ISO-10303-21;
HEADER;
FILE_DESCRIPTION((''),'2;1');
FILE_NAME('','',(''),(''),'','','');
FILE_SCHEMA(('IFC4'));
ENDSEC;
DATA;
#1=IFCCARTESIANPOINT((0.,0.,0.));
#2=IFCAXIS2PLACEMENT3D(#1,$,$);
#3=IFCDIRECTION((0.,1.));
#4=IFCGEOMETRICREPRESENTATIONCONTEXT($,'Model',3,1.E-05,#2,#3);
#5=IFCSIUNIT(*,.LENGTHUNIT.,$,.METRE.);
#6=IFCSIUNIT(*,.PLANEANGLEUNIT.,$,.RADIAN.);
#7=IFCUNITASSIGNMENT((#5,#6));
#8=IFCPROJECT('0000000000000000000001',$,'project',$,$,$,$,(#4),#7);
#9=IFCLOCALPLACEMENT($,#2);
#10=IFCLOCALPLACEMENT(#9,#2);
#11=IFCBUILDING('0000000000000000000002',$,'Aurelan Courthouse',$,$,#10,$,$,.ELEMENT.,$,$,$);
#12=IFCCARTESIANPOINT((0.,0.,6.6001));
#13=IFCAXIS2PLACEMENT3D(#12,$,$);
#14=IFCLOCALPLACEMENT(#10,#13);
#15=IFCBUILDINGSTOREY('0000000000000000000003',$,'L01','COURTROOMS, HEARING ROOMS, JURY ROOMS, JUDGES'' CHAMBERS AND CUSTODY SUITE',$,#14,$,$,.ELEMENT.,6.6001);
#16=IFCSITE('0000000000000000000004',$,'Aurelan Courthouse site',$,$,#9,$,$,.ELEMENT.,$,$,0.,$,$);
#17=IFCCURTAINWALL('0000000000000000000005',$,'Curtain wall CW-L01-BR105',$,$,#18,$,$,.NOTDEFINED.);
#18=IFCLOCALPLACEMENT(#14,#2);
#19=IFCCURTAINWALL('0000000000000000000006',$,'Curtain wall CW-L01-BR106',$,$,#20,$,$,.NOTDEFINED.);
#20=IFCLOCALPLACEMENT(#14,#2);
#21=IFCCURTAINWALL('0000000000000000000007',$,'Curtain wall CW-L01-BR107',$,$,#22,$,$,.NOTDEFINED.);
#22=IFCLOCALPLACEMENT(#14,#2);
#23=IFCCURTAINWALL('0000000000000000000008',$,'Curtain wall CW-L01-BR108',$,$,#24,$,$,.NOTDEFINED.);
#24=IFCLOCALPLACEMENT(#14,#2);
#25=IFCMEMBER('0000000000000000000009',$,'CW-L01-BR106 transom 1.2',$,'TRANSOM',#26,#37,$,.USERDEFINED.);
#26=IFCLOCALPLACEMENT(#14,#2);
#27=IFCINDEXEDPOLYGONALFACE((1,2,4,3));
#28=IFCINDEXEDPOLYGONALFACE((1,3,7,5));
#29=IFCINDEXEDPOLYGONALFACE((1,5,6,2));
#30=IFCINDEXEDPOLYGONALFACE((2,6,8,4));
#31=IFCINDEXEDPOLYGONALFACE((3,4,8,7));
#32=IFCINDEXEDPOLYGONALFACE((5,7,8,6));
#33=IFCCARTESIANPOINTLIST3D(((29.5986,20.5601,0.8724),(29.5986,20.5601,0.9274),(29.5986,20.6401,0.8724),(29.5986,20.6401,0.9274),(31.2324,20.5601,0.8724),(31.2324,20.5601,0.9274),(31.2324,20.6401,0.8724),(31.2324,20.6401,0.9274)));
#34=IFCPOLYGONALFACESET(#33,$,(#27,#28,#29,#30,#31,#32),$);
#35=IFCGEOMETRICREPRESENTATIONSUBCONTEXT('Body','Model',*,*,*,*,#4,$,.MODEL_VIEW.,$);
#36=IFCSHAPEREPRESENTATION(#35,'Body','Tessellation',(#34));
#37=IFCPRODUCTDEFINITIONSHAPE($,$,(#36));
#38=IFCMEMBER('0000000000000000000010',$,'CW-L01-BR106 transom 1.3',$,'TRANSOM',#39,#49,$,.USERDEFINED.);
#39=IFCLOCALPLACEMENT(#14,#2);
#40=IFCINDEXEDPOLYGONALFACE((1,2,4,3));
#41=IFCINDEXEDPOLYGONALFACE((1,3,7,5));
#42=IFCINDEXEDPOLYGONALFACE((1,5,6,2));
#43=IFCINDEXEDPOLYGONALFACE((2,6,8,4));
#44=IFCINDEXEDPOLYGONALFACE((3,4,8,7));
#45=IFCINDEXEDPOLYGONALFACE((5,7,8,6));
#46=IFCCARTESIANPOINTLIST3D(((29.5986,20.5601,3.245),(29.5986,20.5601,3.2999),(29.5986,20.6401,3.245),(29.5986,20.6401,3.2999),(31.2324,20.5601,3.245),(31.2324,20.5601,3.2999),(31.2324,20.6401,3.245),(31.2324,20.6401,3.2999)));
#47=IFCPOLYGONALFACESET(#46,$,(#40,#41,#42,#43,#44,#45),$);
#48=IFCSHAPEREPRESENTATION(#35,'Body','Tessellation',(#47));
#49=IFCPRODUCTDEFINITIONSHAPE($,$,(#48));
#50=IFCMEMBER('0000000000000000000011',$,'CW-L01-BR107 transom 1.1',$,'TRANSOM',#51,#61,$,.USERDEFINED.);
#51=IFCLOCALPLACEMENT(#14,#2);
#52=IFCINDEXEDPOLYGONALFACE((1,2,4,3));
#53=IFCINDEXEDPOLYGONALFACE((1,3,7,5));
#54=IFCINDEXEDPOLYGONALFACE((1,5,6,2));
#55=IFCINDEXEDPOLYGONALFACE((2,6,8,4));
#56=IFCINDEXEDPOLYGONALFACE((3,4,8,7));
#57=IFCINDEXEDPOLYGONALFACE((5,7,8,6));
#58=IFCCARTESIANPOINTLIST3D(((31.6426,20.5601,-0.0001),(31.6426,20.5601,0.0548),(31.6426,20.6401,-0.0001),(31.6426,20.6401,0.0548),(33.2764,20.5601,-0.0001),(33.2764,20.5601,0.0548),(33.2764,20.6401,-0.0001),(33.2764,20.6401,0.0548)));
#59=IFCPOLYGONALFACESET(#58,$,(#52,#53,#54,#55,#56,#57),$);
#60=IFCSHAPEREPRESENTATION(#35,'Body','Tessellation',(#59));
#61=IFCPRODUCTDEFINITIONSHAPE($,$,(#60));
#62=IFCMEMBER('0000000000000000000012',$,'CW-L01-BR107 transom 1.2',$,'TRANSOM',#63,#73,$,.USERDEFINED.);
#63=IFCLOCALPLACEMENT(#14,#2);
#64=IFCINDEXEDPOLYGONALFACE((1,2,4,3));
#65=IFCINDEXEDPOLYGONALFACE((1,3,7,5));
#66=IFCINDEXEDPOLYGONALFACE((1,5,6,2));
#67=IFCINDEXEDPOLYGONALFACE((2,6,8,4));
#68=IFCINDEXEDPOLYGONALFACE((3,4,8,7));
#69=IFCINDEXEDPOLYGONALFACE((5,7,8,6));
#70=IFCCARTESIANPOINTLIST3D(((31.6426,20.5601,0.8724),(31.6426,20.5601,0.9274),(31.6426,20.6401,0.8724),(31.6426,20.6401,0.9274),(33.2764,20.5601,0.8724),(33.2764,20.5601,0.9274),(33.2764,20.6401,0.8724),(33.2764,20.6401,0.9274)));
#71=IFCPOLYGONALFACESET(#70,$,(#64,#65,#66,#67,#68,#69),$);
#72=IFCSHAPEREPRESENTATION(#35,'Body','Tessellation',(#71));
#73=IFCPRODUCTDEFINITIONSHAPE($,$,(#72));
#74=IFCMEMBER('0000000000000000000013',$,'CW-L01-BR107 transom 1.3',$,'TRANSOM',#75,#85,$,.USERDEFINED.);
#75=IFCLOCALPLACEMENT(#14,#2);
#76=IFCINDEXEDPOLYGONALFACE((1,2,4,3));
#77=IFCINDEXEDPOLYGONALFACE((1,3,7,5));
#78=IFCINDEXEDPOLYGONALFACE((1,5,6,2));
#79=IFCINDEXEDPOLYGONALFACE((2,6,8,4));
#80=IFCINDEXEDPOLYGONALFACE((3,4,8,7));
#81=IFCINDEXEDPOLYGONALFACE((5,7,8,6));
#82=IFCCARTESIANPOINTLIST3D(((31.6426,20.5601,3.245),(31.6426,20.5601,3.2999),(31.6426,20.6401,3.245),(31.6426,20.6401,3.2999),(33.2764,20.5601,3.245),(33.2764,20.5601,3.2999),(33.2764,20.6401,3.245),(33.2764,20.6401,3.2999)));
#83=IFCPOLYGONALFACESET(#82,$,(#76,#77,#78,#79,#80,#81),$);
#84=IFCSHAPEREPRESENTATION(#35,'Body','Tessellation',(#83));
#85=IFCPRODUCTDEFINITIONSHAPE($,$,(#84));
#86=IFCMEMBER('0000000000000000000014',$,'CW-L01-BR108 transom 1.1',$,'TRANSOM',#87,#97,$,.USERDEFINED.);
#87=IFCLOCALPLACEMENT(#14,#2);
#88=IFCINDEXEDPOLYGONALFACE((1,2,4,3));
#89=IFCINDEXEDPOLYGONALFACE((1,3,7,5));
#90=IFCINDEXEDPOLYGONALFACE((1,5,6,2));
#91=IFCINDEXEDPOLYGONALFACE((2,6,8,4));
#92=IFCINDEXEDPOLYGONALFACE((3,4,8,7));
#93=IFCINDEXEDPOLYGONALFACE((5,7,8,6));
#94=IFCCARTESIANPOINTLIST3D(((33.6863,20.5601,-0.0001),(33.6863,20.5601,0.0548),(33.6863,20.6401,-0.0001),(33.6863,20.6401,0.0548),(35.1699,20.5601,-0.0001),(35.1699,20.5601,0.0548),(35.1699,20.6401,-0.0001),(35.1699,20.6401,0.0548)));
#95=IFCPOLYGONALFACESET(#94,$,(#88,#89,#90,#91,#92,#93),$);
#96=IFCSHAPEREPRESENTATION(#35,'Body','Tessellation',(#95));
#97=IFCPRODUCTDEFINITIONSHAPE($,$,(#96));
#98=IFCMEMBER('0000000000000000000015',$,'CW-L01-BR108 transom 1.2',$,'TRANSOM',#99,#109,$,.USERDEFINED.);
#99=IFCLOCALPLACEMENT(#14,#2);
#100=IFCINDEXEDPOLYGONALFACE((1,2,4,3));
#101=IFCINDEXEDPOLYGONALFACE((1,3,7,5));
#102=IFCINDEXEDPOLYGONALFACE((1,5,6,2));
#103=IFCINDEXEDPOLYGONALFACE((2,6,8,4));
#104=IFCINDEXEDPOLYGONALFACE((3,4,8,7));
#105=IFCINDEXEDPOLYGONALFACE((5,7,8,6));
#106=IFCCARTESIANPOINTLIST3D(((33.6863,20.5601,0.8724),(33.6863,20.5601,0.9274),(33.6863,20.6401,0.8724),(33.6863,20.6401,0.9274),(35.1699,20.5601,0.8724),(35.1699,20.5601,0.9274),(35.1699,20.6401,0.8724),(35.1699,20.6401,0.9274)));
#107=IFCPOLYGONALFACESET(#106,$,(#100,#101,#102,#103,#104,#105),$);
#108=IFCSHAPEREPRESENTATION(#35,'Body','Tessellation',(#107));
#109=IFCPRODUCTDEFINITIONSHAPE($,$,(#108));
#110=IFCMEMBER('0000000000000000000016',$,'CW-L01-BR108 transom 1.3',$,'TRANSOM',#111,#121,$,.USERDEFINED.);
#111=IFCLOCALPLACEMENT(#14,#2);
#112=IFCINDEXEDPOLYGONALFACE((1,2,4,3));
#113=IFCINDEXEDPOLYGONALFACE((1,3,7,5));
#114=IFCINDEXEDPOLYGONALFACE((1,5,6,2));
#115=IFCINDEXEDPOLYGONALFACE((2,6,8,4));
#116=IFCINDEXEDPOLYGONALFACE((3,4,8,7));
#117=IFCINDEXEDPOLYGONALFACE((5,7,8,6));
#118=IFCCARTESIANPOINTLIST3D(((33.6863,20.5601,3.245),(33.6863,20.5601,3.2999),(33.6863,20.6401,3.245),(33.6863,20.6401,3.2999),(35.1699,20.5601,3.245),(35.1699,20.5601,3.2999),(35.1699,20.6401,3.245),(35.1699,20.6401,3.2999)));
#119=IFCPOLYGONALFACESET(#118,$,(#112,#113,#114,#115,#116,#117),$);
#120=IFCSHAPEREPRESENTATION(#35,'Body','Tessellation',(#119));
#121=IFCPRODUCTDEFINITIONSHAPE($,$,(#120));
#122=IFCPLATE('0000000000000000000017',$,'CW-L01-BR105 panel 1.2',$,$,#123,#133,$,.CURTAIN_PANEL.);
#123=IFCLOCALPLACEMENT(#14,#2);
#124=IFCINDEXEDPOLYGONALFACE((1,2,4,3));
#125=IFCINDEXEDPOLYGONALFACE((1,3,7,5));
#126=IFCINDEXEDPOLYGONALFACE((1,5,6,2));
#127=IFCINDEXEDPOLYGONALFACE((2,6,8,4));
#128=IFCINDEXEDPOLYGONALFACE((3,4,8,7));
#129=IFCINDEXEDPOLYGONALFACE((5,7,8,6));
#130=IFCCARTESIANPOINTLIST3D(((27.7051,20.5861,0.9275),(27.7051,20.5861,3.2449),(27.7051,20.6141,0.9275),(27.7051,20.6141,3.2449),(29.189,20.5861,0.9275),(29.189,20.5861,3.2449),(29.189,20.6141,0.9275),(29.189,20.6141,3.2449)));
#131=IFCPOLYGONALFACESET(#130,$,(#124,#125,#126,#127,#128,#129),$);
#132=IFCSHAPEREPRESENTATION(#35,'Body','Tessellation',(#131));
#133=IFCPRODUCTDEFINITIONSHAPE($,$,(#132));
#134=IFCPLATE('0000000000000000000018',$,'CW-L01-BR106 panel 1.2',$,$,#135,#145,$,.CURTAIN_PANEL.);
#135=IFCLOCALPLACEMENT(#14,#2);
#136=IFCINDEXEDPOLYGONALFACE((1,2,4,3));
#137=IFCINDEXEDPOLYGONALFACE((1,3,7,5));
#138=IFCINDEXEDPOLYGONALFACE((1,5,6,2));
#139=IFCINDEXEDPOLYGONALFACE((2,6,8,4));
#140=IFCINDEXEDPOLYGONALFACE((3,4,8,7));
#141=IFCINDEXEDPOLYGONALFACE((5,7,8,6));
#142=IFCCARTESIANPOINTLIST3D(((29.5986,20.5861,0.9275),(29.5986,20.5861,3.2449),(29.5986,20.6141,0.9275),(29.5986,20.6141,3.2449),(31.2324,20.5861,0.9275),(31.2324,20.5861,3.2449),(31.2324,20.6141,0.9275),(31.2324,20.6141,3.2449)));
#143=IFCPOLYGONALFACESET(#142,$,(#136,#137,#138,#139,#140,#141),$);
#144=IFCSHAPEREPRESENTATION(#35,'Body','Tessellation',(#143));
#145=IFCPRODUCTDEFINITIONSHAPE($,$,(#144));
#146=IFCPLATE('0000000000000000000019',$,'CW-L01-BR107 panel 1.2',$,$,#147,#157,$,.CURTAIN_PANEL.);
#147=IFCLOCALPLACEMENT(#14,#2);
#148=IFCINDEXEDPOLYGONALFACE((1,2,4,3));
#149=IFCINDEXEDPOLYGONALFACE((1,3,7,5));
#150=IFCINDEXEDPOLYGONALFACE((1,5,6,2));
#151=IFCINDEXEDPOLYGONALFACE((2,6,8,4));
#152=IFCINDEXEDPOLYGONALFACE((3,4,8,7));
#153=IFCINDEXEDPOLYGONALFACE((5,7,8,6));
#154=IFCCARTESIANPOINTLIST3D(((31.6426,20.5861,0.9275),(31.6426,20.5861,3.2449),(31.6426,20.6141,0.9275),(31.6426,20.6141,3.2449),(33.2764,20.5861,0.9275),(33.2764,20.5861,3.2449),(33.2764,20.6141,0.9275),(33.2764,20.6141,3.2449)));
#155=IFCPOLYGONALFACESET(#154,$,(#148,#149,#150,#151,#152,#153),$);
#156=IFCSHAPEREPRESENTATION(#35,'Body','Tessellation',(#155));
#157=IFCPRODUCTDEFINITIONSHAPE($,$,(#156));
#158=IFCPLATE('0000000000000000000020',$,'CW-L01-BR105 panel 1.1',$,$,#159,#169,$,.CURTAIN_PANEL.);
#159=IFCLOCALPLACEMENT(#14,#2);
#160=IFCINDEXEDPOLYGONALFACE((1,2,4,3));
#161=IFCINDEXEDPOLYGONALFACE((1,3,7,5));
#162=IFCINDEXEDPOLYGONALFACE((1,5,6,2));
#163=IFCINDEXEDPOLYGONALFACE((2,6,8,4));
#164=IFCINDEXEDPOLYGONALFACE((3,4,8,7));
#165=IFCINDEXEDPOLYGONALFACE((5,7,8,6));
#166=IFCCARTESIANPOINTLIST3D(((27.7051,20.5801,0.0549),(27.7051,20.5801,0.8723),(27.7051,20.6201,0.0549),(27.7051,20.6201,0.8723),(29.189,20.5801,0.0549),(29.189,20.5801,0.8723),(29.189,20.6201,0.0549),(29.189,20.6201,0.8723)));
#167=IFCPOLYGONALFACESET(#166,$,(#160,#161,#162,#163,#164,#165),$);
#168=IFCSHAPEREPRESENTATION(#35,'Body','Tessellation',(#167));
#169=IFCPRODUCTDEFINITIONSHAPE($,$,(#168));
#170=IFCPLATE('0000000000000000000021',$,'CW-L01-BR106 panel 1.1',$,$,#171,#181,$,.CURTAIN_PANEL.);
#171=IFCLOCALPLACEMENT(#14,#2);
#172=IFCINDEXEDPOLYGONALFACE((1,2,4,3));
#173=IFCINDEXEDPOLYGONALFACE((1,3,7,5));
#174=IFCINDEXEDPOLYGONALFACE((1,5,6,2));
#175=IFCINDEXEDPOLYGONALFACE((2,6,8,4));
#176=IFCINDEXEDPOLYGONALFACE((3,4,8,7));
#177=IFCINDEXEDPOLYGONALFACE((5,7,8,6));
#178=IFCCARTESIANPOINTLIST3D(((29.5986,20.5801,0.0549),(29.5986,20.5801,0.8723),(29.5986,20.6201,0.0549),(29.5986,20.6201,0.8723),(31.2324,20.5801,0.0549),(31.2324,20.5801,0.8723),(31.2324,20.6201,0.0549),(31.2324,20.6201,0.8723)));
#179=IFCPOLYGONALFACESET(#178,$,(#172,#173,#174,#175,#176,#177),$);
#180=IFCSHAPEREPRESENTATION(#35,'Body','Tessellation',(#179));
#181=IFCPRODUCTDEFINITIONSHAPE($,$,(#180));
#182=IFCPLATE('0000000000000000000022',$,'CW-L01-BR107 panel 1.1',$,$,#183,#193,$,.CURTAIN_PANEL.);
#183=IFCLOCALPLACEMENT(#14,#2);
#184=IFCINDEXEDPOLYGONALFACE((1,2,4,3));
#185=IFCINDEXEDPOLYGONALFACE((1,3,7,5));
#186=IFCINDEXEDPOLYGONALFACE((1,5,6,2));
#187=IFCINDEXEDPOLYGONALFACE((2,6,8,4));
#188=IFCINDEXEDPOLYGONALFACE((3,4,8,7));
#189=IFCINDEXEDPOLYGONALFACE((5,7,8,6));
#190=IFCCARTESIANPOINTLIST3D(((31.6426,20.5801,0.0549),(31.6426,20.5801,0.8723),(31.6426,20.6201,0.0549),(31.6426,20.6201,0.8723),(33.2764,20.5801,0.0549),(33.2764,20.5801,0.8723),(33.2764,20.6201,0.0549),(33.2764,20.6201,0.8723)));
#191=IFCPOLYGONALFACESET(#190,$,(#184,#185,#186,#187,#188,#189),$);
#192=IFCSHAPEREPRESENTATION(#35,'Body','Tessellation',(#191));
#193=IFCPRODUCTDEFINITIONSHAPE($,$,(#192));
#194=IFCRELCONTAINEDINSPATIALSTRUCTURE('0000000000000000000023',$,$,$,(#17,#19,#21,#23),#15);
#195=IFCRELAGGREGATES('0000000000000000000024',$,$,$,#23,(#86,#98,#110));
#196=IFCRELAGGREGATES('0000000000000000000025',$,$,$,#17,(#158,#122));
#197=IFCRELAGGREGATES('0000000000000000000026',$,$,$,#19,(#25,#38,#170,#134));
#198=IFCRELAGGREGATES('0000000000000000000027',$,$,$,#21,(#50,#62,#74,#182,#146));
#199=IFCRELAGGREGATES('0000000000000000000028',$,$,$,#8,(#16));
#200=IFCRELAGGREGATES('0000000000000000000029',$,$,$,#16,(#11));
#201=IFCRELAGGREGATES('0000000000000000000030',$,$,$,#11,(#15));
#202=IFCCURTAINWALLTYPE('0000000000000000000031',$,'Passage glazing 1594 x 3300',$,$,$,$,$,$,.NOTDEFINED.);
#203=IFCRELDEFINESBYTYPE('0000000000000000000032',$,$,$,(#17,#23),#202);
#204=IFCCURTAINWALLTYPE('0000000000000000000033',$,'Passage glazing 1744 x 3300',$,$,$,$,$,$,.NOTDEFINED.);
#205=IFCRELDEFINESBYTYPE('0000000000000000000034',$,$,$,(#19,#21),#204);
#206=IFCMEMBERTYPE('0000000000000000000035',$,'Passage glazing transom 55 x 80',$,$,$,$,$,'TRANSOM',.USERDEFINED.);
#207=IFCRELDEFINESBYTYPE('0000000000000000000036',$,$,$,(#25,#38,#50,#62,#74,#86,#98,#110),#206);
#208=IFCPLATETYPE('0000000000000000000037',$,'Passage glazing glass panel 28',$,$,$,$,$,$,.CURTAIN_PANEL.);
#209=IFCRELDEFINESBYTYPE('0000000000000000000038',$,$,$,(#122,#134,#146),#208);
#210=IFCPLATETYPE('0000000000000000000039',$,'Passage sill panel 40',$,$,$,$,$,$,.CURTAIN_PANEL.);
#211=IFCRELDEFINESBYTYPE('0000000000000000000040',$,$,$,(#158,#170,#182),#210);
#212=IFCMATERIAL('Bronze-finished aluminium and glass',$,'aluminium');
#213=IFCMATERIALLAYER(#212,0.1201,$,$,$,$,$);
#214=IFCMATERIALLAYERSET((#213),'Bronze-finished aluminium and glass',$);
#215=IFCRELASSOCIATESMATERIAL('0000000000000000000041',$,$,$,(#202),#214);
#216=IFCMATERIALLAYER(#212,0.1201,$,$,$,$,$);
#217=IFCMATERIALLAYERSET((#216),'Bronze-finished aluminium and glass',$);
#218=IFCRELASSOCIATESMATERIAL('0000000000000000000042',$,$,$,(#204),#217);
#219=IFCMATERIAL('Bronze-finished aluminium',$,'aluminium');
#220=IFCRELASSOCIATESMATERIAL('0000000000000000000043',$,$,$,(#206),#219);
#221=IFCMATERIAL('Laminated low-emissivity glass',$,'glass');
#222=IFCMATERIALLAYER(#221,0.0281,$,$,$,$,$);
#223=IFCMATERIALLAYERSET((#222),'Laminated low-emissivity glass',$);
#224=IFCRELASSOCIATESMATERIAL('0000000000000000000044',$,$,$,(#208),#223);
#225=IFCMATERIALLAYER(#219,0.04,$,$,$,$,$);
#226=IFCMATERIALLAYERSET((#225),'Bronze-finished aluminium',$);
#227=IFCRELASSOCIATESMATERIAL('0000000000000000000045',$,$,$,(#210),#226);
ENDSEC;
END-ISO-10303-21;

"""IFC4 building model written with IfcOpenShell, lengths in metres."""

from ifc_helpers import new_model, si_unit, direction, frame, origin, origin_2d, place, context, subcontext, project, spatial, rectangle, extrude, material, layer, layer_set, material_profile, profile_set, type_object, element, aggregate, save


model = new_model("IFC4")

# Units and contexts
model_context = context("Model", 3, precision=1e-05, world=origin(), true_north=direction((0.0, 1.0)))
body_context = subcontext(model_context, "Body", "Model", "MODEL_VIEW")
ifc_project = project(units=[si_unit("LENGTHUNIT", "METRE"), si_unit("PLANEANGLEUNIT", "RADIAN")], contexts=[model_context])

# Site, building, storey
site_placement = place(None, origin())
site = spatial("IfcSite", under=ifc_project, at=site_placement, Name="Aurelan Courthouse site", CompositionType="ELEMENT", RefElevation=0.0)
building_placement = place(site_placement, origin())
building = spatial("IfcBuilding", under=site, at=building_placement, Name="Aurelan Courthouse", CompositionType="ELEMENT")
storey_placement = place(building_placement, frame((0.0, 0.0, 6.6001)))
storey = spatial("IfcBuildingStorey", under=building, at=storey_placement, Name="L01", Description="COURTROOMS, HEARING ROOMS, JURY ROOMS, JUDGES' CHAMBERS AND CUSTODY SUITE", CompositionType="ELEMENT", Elevation=6.6001)

# Curtain walls
ifc_material_1 = material(Name="Bronze-finished aluminium and glass", Category="aluminium")
ifc_layer_1 = layer(ifc_material_1, 0.1201)
ifc_layer_set_1 = layer_set([ifc_layer_1], Name="Bronze-finished aluminium and glass")
curtain_wall_type_1 = type_object("IfcCurtainWallType", Name="Passage glazing 1594 x 3300", PredefinedType="NOTDEFINED", material=ifc_layer_set_1)
curtain_wall_1_placement = place(storey_placement, origin())
curtain_wall_1 = element("IfcCurtainWall", 1, at=curtain_wall_1_placement, inside=storey, type_object=curtain_wall_type_1, Name="Curtain wall CW-L01-BR105", PredefinedType="NOTDEFINED")
ifc_material_2 = material(Name="Bronze-finished aluminium", Category="aluminium")
ifc_layer_2 = layer(ifc_material_1, 0.1201)
ifc_layer_set_2 = layer_set([ifc_layer_2], Name="Bronze-finished aluminium and glass")
curtain_wall_type_2 = type_object("IfcCurtainWallType", Name="Passage glazing 1744 x 3300", PredefinedType="NOTDEFINED", material=ifc_layer_set_2)
curtain_wall_2_placement = place(storey_placement, origin())
curtain_wall_2 = element("IfcCurtainWall", 2, at=curtain_wall_2_placement, inside=storey, type_object=curtain_wall_type_2, Name="Curtain wall CW-L01-BR106", PredefinedType="NOTDEFINED")
curtain_wall_3_placement = place(storey_placement, origin())
curtain_wall_3 = element("IfcCurtainWall", 3, at=curtain_wall_3_placement, inside=storey, type_object=curtain_wall_type_2, Name="Curtain wall CW-L01-BR107", PredefinedType="NOTDEFINED")

# Curtain wall
curtain_wall_4_placement = place(storey_placement, origin())
curtain_wall_4 = element("IfcCurtainWall", 4, at=curtain_wall_4_placement, inside=storey, type_object=curtain_wall_type_1, Name="Curtain wall CW-L01-BR108", PredefinedType="NOTDEFINED")

# Members
ifc_material_profile_1 = material_profile(ifc_material_2, rectangle(XDim=0.0801, YDim=0.0549, at=origin_2d()), Name="Passage glazing transom 55 x 80")
ifc_profile_set_1 = profile_set([ifc_material_profile_1], Name="Bronze-finished aluminium")
member_type_1 = type_object("IfcMemberType", Name="Passage glazing transom 55 x 80", ElementType="TRANSOM", PredefinedType="USERDEFINED", material=ifc_profile_set_1)
member_1_placement = place(storey_placement, frame((29.5986, 20.6001, 0.8999), z_axis=(1.0, 0.0, 0.0), x_axis=(0.0, 1.0, 0.0)))
member_1 = element("IfcMember", 5, at=member_1_placement, type_object=member_type_1, Name="CW-L01-BR106 transom 1.2", ObjectType="TRANSOM", PredefinedType="USERDEFINED", context=body_context, shape_type="SweptSolid", body=[
    extrude(rectangle(XDim=0.0801, YDim=0.0549, at=origin_2d()), origin(), (0.0, 0.0, 1.0), 1.6338),
])
member_2_placement = place(storey_placement, frame((29.5986, 20.6001, 3.2725), z_axis=(1.0, 0.0, 0.0), x_axis=(0.0, 1.0, 0.0)))
member_2 = element("IfcMember", 6, at=member_2_placement, type_object=member_type_1, Name="CW-L01-BR106 transom 1.3", ObjectType="TRANSOM", PredefinedType="USERDEFINED", context=body_context, shape_type="SweptSolid", body=[
    extrude(rectangle(XDim=0.0801, YDim=0.0549, at=origin_2d()), origin(), (0.0, 0.0, 1.0), 1.6338),
])
member_3_placement = place(storey_placement, frame((31.6426, 20.6001, 0.0273), z_axis=(1.0, 0.0, 0.0), x_axis=(0.0, 1.0, 0.0)))
member_3 = element("IfcMember", 7, at=member_3_placement, type_object=member_type_1, Name="CW-L01-BR107 transom 1.1", ObjectType="TRANSOM", PredefinedType="USERDEFINED", context=body_context, shape_type="SweptSolid", body=[
    extrude(rectangle(XDim=0.0801, YDim=0.0549, at=origin_2d()), origin(), (0.0, 0.0, 1.0), 1.6338),
])
member_4_placement = place(storey_placement, frame((31.6426, 20.6001, 0.8999), z_axis=(1.0, 0.0, 0.0), x_axis=(0.0, 1.0, 0.0)))
member_4 = element("IfcMember", 8, at=member_4_placement, type_object=member_type_1, Name="CW-L01-BR107 transom 1.2", ObjectType="TRANSOM", PredefinedType="USERDEFINED", context=body_context, shape_type="SweptSolid", body=[
    extrude(rectangle(XDim=0.0801, YDim=0.0549, at=origin_2d()), origin(), (0.0, 0.0, 1.0), 1.6338),
])
member_5_placement = place(storey_placement, frame((31.6426, 20.6001, 3.2725), z_axis=(1.0, 0.0, 0.0), x_axis=(0.0, 1.0, 0.0)))
member_5 = element("IfcMember", 9, at=member_5_placement, type_object=member_type_1, Name="CW-L01-BR107 transom 1.3", ObjectType="TRANSOM", PredefinedType="USERDEFINED", context=body_context, shape_type="SweptSolid", body=[
    extrude(rectangle(XDim=0.0801, YDim=0.0549, at=origin_2d()), origin(), (0.0, 0.0, 1.0), 1.6338),
])
member_6_placement = place(storey_placement, frame((33.6863, 20.6001, 0.0273), z_axis=(1.0, 0.0, 0.0), x_axis=(0.0, 1.0, 0.0)))
member_6 = element("IfcMember", 10, at=member_6_placement, type_object=member_type_1, Name="CW-L01-BR108 transom 1.1", ObjectType="TRANSOM", PredefinedType="USERDEFINED", context=body_context, shape_type="SweptSolid", body=[
    extrude(rectangle(XDim=0.0801, YDim=0.0549, at=origin_2d()), origin(), (0.0, 0.0, 1.0), 1.4836),
])
member_7_placement = place(storey_placement, frame((33.6863, 20.6001, 0.8999), z_axis=(1.0, 0.0, 0.0), x_axis=(0.0, 1.0, 0.0)))
member_7 = element("IfcMember", 11, at=member_7_placement, type_object=member_type_1, Name="CW-L01-BR108 transom 1.2", ObjectType="TRANSOM", PredefinedType="USERDEFINED", context=body_context, shape_type="SweptSolid", body=[
    extrude(rectangle(XDim=0.0801, YDim=0.0549, at=origin_2d()), origin(), (0.0, 0.0, 1.0), 1.4836),
])
member_8_placement = place(storey_placement, frame((33.6863, 20.6001, 3.2725), z_axis=(1.0, 0.0, 0.0), x_axis=(0.0, 1.0, 0.0)))
member_8 = element("IfcMember", 12, at=member_8_placement, type_object=member_type_1, Name="CW-L01-BR108 transom 1.3", ObjectType="TRANSOM", PredefinedType="USERDEFINED", context=body_context, shape_type="SweptSolid", body=[
    extrude(rectangle(XDim=0.0801, YDim=0.0549, at=origin_2d()), origin(), (0.0, 0.0, 1.0), 1.4836),
])
aggregate(curtain_wall_4, [member_6, member_7, member_8])

# Plates
ifc_material_3 = material(Name="Laminated low-emissivity glass", Category="glass")
ifc_layer_3 = layer(ifc_material_3, 0.0281)
ifc_layer_set_3 = layer_set([ifc_layer_3], Name="Laminated low-emissivity glass")
plate_type_1 = type_object("IfcPlateType", Name="Passage glazing glass panel 28", PredefinedType="CURTAIN_PANEL", material=ifc_layer_set_3)
plate_1_placement = place(storey_placement, frame((28.447, 20.6001, 0.9275), z_axis=(0.0, 0.0, 1.0), x_axis=(1.0, 0.0, 0.0)))
plate_1 = element("IfcPlate", 13, at=plate_1_placement, type_object=plate_type_1, Name="CW-L01-BR105 panel 1.2", PredefinedType="CURTAIN_PANEL", context=body_context, shape_type="SweptSolid", body=[
    extrude(rectangle(XDim=1.4839, YDim=0.0281, at=origin_2d()), origin(), (0.0, 0.0, 1.0), 2.3174),
])
plate_2_placement = place(storey_placement, frame((30.4155, 20.6001, 0.9275), z_axis=(0.0, 0.0, 1.0), x_axis=(1.0, 0.0, 0.0)))
plate_2 = element("IfcPlate", 14, at=plate_2_placement, type_object=plate_type_1, Name="CW-L01-BR106 panel 1.2", PredefinedType="CURTAIN_PANEL", context=body_context, shape_type="SweptSolid", body=[
    extrude(rectangle(XDim=1.6338, YDim=0.0281, at=origin_2d()), origin(), (0.0, 0.0, 1.0), 2.3174),
])
plate_3_placement = place(storey_placement, frame((32.4595, 20.6001, 0.9275), z_axis=(0.0, 0.0, 1.0), x_axis=(1.0, 0.0, 0.0)))
plate_3 = element("IfcPlate", 15, at=plate_3_placement, type_object=plate_type_1, Name="CW-L01-BR107 panel 1.2", PredefinedType="CURTAIN_PANEL", context=body_context, shape_type="SweptSolid", body=[
    extrude(rectangle(XDim=1.6338, YDim=0.0281, at=origin_2d()), origin(), (0.0, 0.0, 1.0), 2.3174),
])
ifc_layer_4 = layer(ifc_material_2, 0.04)
ifc_layer_set_4 = layer_set([ifc_layer_4], Name="Bronze-finished aluminium")
plate_type_2 = type_object("IfcPlateType", Name="Passage sill panel 40", PredefinedType="CURTAIN_PANEL", material=ifc_layer_set_4)
plate_4_placement = place(storey_placement, frame((28.447, 20.6001, 0.0549), z_axis=(0.0, 0.0, 1.0), x_axis=(1.0, 0.0, 0.0)))
plate_4 = element("IfcPlate", 16, at=plate_4_placement, type_object=plate_type_2, Name="CW-L01-BR105 panel 1.1", PredefinedType="CURTAIN_PANEL", context=body_context, shape_type="SweptSolid", body=[
    extrude(rectangle(XDim=1.4839, YDim=0.04, at=origin_2d()), origin(), (0.0, 0.0, 1.0), 0.8174),
])
aggregate(curtain_wall_1, [plate_4, plate_1])
plate_5_placement = place(storey_placement, frame((30.4155, 20.6001, 0.0549), z_axis=(0.0, 0.0, 1.0), x_axis=(1.0, 0.0, 0.0)))
plate_5 = element("IfcPlate", 17, at=plate_5_placement, type_object=plate_type_2, Name="CW-L01-BR106 panel 1.1", PredefinedType="CURTAIN_PANEL", context=body_context, shape_type="SweptSolid", body=[
    extrude(rectangle(XDim=1.6338, YDim=0.04, at=origin_2d()), origin(), (0.0, 0.0, 1.0), 0.8174),
])
aggregate(curtain_wall_2, [member_1, member_2, plate_5, plate_2])
plate_6_placement = place(storey_placement, frame((32.4595, 20.6001, 0.0549), z_axis=(0.0, 0.0, 1.0), x_axis=(1.0, 0.0, 0.0)))
plate_6 = element("IfcPlate", 18, at=plate_6_placement, type_object=plate_type_2, Name="CW-L01-BR107 panel 1.1", PredefinedType="CURTAIN_PANEL", context=body_context, shape_type="SweptSolid", body=[
    extrude(rectangle(XDim=1.6338, YDim=0.04, at=origin_2d()), origin(), (0.0, 0.0, 1.0), 0.8174),
])
aggregate(curtain_wall_3, [member_3, member_4, member_5, plate_6, plate_3])

save(model, "model.ifc")
